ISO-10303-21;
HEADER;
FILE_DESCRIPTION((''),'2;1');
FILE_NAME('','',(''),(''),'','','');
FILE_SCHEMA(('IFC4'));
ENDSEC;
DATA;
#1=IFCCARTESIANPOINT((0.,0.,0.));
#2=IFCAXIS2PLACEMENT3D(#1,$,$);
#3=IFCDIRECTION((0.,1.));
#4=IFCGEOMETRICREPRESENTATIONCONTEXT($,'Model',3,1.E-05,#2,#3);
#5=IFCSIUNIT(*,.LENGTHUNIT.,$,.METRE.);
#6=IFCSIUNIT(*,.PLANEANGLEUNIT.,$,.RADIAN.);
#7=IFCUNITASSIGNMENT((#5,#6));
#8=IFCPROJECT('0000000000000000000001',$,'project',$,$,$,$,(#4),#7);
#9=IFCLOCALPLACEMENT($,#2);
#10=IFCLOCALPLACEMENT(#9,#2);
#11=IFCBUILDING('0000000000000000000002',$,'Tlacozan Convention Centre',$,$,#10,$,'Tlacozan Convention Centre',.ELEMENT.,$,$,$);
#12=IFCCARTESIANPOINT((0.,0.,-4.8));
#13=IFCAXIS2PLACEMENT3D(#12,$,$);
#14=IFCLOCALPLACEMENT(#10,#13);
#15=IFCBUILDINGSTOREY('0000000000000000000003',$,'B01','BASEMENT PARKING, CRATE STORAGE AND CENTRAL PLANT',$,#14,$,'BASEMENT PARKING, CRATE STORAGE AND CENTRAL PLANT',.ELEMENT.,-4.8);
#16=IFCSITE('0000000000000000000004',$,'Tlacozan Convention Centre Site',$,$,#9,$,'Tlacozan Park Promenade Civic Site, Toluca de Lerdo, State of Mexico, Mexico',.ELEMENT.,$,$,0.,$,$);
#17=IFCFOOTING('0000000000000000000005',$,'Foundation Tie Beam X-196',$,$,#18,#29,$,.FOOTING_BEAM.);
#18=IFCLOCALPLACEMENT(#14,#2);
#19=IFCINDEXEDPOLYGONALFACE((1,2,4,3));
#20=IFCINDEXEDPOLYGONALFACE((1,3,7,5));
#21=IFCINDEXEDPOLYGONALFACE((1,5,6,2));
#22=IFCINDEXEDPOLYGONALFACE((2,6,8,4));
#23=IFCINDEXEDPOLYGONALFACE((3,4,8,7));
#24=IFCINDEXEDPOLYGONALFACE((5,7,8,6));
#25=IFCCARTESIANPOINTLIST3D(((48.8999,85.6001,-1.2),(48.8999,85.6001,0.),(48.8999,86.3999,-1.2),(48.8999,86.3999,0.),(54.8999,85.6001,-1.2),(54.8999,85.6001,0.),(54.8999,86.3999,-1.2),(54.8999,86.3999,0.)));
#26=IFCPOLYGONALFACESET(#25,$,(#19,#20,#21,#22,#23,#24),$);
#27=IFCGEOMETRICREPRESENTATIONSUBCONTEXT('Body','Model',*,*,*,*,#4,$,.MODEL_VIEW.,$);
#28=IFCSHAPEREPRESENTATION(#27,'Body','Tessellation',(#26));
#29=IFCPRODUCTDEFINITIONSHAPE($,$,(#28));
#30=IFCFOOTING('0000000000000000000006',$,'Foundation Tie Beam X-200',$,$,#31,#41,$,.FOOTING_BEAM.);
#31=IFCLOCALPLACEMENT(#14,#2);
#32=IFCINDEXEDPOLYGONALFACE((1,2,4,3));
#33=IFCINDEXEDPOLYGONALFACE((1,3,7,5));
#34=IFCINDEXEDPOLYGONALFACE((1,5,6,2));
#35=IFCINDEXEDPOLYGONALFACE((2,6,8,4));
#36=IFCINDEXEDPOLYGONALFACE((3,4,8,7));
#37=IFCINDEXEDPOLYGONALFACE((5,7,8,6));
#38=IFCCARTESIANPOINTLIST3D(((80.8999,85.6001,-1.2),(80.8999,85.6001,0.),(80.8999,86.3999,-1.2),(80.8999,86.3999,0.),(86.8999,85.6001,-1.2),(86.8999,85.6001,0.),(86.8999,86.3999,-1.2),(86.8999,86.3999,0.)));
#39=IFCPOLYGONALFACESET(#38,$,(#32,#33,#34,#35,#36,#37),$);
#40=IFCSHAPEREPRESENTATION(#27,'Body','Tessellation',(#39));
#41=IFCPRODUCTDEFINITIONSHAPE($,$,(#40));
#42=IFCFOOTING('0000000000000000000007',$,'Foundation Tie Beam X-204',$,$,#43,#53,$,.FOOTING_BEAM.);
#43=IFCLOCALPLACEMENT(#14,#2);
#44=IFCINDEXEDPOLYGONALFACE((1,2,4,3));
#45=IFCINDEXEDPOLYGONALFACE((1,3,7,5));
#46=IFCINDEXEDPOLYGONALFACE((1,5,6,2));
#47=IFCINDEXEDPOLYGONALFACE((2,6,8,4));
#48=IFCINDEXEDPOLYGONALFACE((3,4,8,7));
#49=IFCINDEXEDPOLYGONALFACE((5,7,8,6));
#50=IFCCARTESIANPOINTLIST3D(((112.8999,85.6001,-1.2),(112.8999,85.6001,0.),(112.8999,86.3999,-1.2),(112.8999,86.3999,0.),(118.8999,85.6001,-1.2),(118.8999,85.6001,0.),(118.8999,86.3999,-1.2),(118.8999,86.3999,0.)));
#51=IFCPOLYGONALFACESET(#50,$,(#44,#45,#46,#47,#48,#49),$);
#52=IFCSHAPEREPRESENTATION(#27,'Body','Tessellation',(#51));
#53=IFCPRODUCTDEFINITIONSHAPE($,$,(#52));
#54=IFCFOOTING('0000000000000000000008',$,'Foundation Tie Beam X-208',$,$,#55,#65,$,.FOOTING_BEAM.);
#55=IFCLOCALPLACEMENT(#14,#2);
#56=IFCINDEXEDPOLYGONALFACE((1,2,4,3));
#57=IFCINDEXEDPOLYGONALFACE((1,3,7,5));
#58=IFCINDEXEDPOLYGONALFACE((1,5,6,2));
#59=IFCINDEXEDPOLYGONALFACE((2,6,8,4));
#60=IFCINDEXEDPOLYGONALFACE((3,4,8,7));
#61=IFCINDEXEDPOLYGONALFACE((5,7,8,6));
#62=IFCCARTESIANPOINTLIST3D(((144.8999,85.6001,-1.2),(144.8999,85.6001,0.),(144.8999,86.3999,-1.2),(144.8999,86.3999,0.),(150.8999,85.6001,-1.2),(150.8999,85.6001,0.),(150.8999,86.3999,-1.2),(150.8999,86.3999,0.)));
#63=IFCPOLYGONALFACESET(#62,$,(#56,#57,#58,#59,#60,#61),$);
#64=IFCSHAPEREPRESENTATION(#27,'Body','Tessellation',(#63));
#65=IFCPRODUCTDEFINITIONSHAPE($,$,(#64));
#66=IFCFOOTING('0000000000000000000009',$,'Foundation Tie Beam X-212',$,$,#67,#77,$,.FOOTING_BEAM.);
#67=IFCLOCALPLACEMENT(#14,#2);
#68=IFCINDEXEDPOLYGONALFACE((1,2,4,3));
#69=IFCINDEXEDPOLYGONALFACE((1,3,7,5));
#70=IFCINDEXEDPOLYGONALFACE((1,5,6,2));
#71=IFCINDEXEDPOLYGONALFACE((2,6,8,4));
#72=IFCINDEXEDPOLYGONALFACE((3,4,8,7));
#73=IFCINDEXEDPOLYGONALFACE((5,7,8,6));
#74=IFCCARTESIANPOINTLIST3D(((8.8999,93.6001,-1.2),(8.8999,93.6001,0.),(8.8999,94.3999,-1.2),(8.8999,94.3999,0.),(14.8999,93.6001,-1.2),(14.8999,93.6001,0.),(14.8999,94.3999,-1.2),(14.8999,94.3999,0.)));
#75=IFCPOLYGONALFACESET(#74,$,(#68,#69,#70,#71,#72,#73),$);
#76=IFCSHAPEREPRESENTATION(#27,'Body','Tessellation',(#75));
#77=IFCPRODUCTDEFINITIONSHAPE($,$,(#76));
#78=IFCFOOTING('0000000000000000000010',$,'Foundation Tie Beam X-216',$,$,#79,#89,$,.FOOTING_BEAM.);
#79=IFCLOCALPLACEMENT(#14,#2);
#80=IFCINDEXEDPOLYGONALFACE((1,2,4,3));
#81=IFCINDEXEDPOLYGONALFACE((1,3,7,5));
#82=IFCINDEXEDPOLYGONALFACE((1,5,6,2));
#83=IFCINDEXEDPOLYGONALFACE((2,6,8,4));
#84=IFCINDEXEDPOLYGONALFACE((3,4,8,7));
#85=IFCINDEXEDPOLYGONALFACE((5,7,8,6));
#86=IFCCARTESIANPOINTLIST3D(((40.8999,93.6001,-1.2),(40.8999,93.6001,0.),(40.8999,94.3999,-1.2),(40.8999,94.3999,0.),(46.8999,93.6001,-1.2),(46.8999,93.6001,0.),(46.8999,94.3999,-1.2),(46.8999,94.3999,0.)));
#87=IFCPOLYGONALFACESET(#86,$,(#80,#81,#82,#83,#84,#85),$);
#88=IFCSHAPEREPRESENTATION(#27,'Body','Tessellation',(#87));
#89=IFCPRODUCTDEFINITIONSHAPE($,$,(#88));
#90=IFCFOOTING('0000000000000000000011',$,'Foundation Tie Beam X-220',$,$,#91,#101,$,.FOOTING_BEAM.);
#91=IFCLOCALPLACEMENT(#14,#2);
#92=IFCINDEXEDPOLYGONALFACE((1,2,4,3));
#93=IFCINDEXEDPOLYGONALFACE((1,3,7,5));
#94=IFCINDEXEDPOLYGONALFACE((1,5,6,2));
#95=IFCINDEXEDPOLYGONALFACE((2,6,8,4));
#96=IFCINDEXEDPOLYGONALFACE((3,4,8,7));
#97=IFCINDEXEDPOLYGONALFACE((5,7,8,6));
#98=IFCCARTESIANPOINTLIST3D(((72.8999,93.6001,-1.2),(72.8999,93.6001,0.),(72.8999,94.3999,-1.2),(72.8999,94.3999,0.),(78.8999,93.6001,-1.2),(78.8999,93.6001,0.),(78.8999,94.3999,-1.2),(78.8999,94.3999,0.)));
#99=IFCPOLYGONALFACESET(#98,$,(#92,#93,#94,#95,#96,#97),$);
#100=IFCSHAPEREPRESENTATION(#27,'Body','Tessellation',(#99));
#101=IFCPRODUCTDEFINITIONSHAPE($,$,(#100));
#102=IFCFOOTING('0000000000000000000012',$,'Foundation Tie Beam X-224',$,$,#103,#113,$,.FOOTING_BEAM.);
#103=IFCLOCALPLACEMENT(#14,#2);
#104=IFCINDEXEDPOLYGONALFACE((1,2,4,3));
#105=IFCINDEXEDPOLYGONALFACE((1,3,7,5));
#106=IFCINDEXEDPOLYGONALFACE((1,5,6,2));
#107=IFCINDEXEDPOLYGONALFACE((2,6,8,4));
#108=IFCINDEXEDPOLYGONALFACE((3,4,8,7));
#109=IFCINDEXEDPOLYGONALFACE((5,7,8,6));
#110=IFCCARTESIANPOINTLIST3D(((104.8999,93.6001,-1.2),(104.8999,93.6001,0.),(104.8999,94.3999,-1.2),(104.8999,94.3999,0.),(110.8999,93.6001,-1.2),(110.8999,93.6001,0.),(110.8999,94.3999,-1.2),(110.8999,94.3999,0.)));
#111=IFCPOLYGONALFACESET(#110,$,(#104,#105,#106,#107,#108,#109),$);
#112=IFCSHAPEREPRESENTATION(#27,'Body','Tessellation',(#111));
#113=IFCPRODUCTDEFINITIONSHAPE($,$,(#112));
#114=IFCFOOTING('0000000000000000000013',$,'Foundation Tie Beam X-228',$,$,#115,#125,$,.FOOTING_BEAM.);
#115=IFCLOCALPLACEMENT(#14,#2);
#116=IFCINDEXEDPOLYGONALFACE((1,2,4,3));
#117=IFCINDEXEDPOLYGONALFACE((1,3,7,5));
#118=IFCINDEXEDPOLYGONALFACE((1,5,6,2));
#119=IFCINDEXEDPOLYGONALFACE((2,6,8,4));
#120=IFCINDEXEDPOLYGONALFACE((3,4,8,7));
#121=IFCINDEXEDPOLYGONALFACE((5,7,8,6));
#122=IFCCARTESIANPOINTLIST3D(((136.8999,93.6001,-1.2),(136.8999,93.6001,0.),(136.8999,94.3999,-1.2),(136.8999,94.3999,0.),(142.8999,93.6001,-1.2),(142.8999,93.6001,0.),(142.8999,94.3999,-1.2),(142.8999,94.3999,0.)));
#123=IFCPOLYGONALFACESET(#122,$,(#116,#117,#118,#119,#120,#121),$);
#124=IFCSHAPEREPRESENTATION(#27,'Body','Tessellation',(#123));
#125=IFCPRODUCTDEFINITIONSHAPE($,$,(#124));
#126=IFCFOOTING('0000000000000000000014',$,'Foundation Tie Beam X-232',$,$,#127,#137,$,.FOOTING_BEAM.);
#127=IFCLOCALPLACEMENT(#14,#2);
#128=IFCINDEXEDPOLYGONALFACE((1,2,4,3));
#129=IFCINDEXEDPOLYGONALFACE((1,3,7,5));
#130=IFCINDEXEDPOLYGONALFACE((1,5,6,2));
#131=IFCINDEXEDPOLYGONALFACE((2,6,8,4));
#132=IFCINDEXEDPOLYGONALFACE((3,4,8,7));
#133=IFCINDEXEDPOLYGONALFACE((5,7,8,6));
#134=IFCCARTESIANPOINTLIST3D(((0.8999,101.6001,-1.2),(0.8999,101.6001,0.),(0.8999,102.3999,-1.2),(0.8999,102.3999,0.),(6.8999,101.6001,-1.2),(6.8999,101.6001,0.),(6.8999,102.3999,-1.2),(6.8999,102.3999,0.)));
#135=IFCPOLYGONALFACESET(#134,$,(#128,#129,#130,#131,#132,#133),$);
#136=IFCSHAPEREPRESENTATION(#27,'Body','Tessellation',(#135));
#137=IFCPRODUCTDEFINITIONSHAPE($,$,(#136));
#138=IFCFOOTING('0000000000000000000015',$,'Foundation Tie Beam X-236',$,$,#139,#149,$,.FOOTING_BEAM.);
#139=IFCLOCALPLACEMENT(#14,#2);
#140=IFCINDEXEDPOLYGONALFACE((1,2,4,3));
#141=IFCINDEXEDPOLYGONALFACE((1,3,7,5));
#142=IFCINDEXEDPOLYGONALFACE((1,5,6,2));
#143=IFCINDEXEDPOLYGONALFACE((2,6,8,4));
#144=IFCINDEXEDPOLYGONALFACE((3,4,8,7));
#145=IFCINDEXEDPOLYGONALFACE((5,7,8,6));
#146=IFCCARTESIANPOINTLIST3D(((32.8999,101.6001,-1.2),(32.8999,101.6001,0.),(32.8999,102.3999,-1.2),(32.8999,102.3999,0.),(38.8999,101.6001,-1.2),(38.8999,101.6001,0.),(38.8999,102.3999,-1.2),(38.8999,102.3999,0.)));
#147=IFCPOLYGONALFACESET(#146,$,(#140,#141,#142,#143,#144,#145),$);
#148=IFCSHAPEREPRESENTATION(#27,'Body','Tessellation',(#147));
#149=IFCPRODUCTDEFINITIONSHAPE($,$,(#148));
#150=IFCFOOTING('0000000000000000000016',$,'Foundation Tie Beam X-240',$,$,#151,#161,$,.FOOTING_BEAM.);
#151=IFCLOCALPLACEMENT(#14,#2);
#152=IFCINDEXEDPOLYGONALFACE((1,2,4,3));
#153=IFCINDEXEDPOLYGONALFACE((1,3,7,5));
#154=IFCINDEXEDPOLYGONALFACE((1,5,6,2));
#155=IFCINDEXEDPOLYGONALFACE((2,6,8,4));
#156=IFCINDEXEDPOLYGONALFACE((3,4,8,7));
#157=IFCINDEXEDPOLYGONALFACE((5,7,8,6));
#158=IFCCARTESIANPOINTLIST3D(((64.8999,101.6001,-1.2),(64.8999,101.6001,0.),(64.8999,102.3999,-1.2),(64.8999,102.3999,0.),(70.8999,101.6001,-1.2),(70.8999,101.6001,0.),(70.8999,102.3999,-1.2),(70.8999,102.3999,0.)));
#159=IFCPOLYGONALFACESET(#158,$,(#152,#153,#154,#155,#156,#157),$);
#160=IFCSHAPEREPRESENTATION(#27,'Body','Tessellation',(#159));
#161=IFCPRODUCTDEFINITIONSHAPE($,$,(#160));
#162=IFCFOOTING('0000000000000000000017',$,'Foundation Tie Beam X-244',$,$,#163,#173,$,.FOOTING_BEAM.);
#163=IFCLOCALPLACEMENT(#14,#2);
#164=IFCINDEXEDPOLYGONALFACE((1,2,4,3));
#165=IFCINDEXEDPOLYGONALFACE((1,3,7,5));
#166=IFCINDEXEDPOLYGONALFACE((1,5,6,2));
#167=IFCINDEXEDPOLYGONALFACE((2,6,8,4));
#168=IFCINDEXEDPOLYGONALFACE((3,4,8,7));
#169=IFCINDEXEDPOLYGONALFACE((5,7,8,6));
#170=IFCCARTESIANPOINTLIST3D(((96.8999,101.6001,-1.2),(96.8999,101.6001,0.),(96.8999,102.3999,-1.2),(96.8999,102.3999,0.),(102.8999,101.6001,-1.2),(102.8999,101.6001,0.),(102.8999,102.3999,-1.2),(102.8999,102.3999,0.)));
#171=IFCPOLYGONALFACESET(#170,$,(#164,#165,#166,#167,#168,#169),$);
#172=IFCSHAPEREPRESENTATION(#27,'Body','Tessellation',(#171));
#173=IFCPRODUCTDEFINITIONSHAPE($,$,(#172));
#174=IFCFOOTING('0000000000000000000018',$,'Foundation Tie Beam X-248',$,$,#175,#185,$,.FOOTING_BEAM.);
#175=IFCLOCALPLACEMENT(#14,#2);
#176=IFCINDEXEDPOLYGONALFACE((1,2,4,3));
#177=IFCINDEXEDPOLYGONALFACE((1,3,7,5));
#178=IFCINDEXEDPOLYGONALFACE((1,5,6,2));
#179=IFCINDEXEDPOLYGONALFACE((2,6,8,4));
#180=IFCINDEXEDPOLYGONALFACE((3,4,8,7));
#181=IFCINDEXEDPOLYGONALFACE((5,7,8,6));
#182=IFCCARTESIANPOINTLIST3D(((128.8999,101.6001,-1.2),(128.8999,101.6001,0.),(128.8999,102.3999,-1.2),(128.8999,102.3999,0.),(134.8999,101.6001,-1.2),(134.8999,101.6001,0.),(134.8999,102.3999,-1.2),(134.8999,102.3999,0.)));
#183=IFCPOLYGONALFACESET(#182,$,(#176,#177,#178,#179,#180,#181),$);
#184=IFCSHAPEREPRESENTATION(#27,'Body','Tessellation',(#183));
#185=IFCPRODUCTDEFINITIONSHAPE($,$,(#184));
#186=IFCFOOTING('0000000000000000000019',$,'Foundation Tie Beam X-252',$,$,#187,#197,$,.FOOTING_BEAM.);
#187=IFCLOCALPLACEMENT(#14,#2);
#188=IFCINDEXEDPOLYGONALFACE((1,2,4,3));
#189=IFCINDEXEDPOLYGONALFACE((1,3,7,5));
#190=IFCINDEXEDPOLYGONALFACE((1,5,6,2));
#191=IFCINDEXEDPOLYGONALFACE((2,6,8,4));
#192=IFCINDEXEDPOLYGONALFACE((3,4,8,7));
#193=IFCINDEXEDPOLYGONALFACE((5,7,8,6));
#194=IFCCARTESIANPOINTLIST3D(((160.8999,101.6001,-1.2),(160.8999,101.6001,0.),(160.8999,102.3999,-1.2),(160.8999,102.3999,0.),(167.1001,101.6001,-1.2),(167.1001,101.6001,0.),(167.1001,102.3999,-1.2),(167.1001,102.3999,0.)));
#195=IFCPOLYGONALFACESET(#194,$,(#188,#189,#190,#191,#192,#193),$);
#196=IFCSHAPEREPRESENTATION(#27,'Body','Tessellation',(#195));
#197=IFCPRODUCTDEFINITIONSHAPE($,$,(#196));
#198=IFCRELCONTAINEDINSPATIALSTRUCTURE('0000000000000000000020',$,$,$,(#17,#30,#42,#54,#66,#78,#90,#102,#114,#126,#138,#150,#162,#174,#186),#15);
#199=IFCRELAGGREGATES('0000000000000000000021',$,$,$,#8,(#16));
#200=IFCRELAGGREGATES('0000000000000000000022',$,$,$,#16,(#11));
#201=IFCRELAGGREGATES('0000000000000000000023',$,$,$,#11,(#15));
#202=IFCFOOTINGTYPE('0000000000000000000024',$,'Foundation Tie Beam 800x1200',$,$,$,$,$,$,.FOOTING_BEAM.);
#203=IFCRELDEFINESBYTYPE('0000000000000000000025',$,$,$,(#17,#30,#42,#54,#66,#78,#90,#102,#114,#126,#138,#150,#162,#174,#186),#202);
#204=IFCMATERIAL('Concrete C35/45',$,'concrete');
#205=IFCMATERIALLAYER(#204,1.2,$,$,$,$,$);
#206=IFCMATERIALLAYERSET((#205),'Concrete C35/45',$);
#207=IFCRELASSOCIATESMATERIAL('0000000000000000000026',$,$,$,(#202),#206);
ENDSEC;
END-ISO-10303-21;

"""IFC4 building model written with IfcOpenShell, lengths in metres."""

from ifc_helpers import new_model, si_unit, direction, frame, origin, place, context, subcontext, project, spatial, polyline, outline, extrude, material, layer, layer_set, type_object, element, save


model = new_model("IFC4")

# Units and contexts
model_context = context("Model", 3, precision=1e-05, world=origin(), true_north=direction((0.0, 1.0)))
body_context = subcontext(model_context, "Body", "Model", "MODEL_VIEW")
ifc_project = project(units=[si_unit("LENGTHUNIT", "METRE"), si_unit("PLANEANGLEUNIT", "RADIAN")], contexts=[model_context])

# Site, building, storey
site_placement = place(None, origin())
site = spatial("IfcSite", under=ifc_project, at=site_placement, Name="Tlacozan Convention Centre Site", LongName="Tlacozan Park Promenade Civic Site, Toluca de Lerdo, State of Mexico, Mexico", CompositionType="ELEMENT", RefElevation=0.0)
building_placement = place(site_placement, origin())
building = spatial("IfcBuilding", under=site, at=building_placement, Name="Tlacozan Convention Centre", LongName="Tlacozan Convention Centre", CompositionType="ELEMENT")
storey_placement = place(building_placement, frame((0.0, 0.0, -4.8)))
storey = spatial("IfcBuildingStorey", under=building, at=storey_placement, Name="B01", Description="BASEMENT PARKING, CRATE STORAGE AND CENTRAL PLANT", LongName="BASEMENT PARKING, CRATE STORAGE AND CENTRAL PLANT", CompositionType="ELEMENT", Elevation=-4.8)

# Footings
ifc_material = material(Name="Concrete C35/45", Category="concrete")
ifc_layer = layer(ifc_material, 1.2)
ifc_layer_set = layer_set([ifc_layer], Name="Concrete C35/45")
footing_type = type_object("IfcFootingType", Name="Foundation Tie Beam 800x1200", PredefinedType="FOOTING_BEAM", material=ifc_layer_set)
footing_1_placement = place(storey_placement, frame((0.0, 0.0, -1.2)))
element("IfcFooting", 1, at=footing_1_placement, inside=storey, type_object=footing_type, Name="Foundation Tie Beam X-196", PredefinedType="FOOTING_BEAM", context=body_context, shape_type="SweptSolid", body=[
    extrude(outline(polyline([(48.8999, 85.6001), (54.8999, 85.6001), (54.8999, 86.3999), (48.8999, 86.3999), (48.8999, 85.6001)])), origin(), (0.0, 0.0, 1.0), 1.2),
])
footing_2_placement = place(storey_placement, frame((0.0, 0.0, -1.2)))
element("IfcFooting", 2, at=footing_2_placement, inside=storey, type_object=footing_type, Name="Foundation Tie Beam X-200", PredefinedType="FOOTING_BEAM", context=body_context, shape_type="SweptSolid", body=[
    extrude(outline(polyline([(80.8999, 85.6001), (86.8999, 85.6001), (86.8999, 86.3999), (80.8999, 86.3999), (80.8999, 85.6001)])), origin(), (0.0, 0.0, 1.0), 1.2),
])
footing_3_placement = place(storey_placement, frame((0.0, 0.0, -1.2)))
element("IfcFooting", 3, at=footing_3_placement, inside=storey, type_object=footing_type, Name="Foundation Tie Beam X-204", PredefinedType="FOOTING_BEAM", context=body_context, shape_type="SweptSolid", body=[
    extrude(outline(polyline([(112.8999, 85.6001), (118.8999, 85.6001), (118.8999, 86.3999), (112.8999, 86.3999), (112.8999, 85.6001)])), origin(), (0.0, 0.0, 1.0), 1.2),
])
footing_4_placement = place(storey_placement, frame((0.0, 0.0, -1.2)))
element("IfcFooting", 4, at=footing_4_placement, inside=storey, type_object=footing_type, Name="Foundation Tie Beam X-208", PredefinedType="FOOTING_BEAM", context=body_context, shape_type="SweptSolid", body=[
    extrude(outline(polyline([(144.8999, 85.6001), (150.8999, 85.6001), (150.8999, 86.3999), (144.8999, 86.3999), (144.8999, 85.6001)])), origin(), (0.0, 0.0, 1.0), 1.2),
])
footing_5_placement = place(storey_placement, frame((0.0, 0.0, -1.2)))
element("IfcFooting", 5, at=footing_5_placement, inside=storey, type_object=footing_type, Name="Foundation Tie Beam X-212", PredefinedType="FOOTING_BEAM", context=body_context, shape_type="SweptSolid", body=[
    extrude(outline(polyline([(8.8999, 93.6001), (14.8999, 93.6001), (14.8999, 94.3999), (8.8999, 94.3999), (8.8999, 93.6001)])), origin(), (0.0, 0.0, 1.0), 1.2),
])
footing_6_placement = place(storey_placement, frame((0.0, 0.0, -1.2)))
element("IfcFooting", 6, at=footing_6_placement, inside=storey, type_object=footing_type, Name="Foundation Tie Beam X-216", PredefinedType="FOOTING_BEAM", context=body_context, shape_type="SweptSolid", body=[
    extrude(outline(polyline([(40.8999, 93.6001), (46.8999, 93.6001), (46.8999, 94.3999), (40.8999, 94.3999), (40.8999, 93.6001)])), origin(), (0.0, 0.0, 1.0), 1.2),
])
footing_7_placement = place(storey_placement, frame((0.0, 0.0, -1.2)))
element("IfcFooting", 7, at=footing_7_placement, inside=storey, type_object=footing_type, Name="Foundation Tie Beam X-220", PredefinedType="FOOTING_BEAM", context=body_context, shape_type="SweptSolid", body=[
    extrude(outline(polyline([(72.8999, 93.6001), (78.8999, 93.6001), (78.8999, 94.3999), (72.8999, 94.3999), (72.8999, 93.6001)])), origin(), (0.0, 0.0, 1.0), 1.2),
])
footing_8_placement = place(storey_placement, frame((0.0, 0.0, -1.2)))
element("IfcFooting", 8, at=footing_8_placement, inside=storey, type_object=footing_type, Name="Foundation Tie Beam X-224", PredefinedType="FOOTING_BEAM", context=body_context, shape_type="SweptSolid", body=[
    extrude(outline(polyline([(104.8999, 93.6001), (110.8999, 93.6001), (110.8999, 94.3999), (104.8999, 94.3999), (104.8999, 93.6001)])), origin(), (0.0, 0.0, 1.0), 1.2),
])
footing_9_placement = place(storey_placement, frame((0.0, 0.0, -1.2)))
element("IfcFooting", 9, at=footing_9_placement, inside=storey, type_object=footing_type, Name="Foundation Tie Beam X-228", PredefinedType="FOOTING_BEAM", context=body_context, shape_type="SweptSolid", body=[
    extrude(outline(polyline([(136.8999, 93.6001), (142.8999, 93.6001), (142.8999, 94.3999), (136.8999, 94.3999), (136.8999, 93.6001)])), origin(), (0.0, 0.0, 1.0), 1.2),
])
footing_10_placement = place(storey_placement, frame((0.0, 0.0, -1.2)))
element("IfcFooting", 10, at=footing_10_placement, inside=storey, type_object=footing_type, Name="Foundation Tie Beam X-232", PredefinedType="FOOTING_BEAM", context=body_context, shape_type="SweptSolid", body=[
    extrude(outline(polyline([(0.8999, 101.6001), (6.8999, 101.6001), (6.8999, 102.3999), (0.8999, 102.3999), (0.8999, 101.6001)])), origin(), (0.0, 0.0, 1.0), 1.2),
])
footing_11_placement = place(storey_placement, frame((0.0, 0.0, -1.2)))
element("IfcFooting", 11, at=footing_11_placement, inside=storey, type_object=footing_type, Name="Foundation Tie Beam X-236", PredefinedType="FOOTING_BEAM", context=body_context, shape_type="SweptSolid", body=[
    extrude(outline(polyline([(32.8999, 101.6001), (38.8999, 101.6001), (38.8999, 102.3999), (32.8999, 102.3999), (32.8999, 101.6001)])), origin(), (0.0, 0.0, 1.0), 1.2),
])
footing_12_placement = place(storey_placement, frame((0.0, 0.0, -1.2)))
element("IfcFooting", 12, at=footing_12_placement, inside=storey, type_object=footing_type, Name="Foundation Tie Beam X-240", PredefinedType="FOOTING_BEAM", context=body_context, shape_type="SweptSolid", body=[
    extrude(outline(polyline([(64.8999, 101.6001), (70.8999, 101.6001), (70.8999, 102.3999), (64.8999, 102.3999), (64.8999, 101.6001)])), origin(), (0.0, 0.0, 1.0), 1.2),
])
footing_13_placement = place(storey_placement, frame((0.0, 0.0, -1.2)))
element("IfcFooting", 13, at=footing_13_placement, inside=storey, type_object=footing_type, Name="Foundation Tie Beam X-244", PredefinedType="FOOTING_BEAM", context=body_context, shape_type="SweptSolid", body=[
    extrude(outline(polyline([(96.8999, 101.6001), (102.8999, 101.6001), (102.8999, 102.3999), (96.8999, 102.3999), (96.8999, 101.6001)])), origin(), (0.0, 0.0, 1.0), 1.2),
])
footing_14_placement = place(storey_placement, frame((0.0, 0.0, -1.2)))
element("IfcFooting", 14, at=footing_14_placement, inside=storey, type_object=footing_type, Name="Foundation Tie Beam X-248", PredefinedType="FOOTING_BEAM", context=body_context, shape_type="SweptSolid", body=[
    extrude(outline(polyline([(128.8999, 101.6001), (134.8999, 101.6001), (134.8999, 102.3999), (128.8999, 102.3999), (128.8999, 101.6001)])), origin(), (0.0, 0.0, 1.0), 1.2),
])
footing_15_placement = place(storey_placement, frame((0.0, 0.0, -1.2)))
element("IfcFooting", 15, at=footing_15_placement, inside=storey, type_object=footing_type, Name="Foundation Tie Beam X-252", PredefinedType="FOOTING_BEAM", context=body_context, shape_type="SweptSolid", body=[
    extrude(outline(polyline([(160.8999, 101.6001), (167.1001, 101.6001), (167.1001, 102.3999), (160.8999, 102.3999), (160.8999, 101.6001)])), origin(), (0.0, 0.0, 1.0), 1.2),
])

save(model, "model.ifc")
